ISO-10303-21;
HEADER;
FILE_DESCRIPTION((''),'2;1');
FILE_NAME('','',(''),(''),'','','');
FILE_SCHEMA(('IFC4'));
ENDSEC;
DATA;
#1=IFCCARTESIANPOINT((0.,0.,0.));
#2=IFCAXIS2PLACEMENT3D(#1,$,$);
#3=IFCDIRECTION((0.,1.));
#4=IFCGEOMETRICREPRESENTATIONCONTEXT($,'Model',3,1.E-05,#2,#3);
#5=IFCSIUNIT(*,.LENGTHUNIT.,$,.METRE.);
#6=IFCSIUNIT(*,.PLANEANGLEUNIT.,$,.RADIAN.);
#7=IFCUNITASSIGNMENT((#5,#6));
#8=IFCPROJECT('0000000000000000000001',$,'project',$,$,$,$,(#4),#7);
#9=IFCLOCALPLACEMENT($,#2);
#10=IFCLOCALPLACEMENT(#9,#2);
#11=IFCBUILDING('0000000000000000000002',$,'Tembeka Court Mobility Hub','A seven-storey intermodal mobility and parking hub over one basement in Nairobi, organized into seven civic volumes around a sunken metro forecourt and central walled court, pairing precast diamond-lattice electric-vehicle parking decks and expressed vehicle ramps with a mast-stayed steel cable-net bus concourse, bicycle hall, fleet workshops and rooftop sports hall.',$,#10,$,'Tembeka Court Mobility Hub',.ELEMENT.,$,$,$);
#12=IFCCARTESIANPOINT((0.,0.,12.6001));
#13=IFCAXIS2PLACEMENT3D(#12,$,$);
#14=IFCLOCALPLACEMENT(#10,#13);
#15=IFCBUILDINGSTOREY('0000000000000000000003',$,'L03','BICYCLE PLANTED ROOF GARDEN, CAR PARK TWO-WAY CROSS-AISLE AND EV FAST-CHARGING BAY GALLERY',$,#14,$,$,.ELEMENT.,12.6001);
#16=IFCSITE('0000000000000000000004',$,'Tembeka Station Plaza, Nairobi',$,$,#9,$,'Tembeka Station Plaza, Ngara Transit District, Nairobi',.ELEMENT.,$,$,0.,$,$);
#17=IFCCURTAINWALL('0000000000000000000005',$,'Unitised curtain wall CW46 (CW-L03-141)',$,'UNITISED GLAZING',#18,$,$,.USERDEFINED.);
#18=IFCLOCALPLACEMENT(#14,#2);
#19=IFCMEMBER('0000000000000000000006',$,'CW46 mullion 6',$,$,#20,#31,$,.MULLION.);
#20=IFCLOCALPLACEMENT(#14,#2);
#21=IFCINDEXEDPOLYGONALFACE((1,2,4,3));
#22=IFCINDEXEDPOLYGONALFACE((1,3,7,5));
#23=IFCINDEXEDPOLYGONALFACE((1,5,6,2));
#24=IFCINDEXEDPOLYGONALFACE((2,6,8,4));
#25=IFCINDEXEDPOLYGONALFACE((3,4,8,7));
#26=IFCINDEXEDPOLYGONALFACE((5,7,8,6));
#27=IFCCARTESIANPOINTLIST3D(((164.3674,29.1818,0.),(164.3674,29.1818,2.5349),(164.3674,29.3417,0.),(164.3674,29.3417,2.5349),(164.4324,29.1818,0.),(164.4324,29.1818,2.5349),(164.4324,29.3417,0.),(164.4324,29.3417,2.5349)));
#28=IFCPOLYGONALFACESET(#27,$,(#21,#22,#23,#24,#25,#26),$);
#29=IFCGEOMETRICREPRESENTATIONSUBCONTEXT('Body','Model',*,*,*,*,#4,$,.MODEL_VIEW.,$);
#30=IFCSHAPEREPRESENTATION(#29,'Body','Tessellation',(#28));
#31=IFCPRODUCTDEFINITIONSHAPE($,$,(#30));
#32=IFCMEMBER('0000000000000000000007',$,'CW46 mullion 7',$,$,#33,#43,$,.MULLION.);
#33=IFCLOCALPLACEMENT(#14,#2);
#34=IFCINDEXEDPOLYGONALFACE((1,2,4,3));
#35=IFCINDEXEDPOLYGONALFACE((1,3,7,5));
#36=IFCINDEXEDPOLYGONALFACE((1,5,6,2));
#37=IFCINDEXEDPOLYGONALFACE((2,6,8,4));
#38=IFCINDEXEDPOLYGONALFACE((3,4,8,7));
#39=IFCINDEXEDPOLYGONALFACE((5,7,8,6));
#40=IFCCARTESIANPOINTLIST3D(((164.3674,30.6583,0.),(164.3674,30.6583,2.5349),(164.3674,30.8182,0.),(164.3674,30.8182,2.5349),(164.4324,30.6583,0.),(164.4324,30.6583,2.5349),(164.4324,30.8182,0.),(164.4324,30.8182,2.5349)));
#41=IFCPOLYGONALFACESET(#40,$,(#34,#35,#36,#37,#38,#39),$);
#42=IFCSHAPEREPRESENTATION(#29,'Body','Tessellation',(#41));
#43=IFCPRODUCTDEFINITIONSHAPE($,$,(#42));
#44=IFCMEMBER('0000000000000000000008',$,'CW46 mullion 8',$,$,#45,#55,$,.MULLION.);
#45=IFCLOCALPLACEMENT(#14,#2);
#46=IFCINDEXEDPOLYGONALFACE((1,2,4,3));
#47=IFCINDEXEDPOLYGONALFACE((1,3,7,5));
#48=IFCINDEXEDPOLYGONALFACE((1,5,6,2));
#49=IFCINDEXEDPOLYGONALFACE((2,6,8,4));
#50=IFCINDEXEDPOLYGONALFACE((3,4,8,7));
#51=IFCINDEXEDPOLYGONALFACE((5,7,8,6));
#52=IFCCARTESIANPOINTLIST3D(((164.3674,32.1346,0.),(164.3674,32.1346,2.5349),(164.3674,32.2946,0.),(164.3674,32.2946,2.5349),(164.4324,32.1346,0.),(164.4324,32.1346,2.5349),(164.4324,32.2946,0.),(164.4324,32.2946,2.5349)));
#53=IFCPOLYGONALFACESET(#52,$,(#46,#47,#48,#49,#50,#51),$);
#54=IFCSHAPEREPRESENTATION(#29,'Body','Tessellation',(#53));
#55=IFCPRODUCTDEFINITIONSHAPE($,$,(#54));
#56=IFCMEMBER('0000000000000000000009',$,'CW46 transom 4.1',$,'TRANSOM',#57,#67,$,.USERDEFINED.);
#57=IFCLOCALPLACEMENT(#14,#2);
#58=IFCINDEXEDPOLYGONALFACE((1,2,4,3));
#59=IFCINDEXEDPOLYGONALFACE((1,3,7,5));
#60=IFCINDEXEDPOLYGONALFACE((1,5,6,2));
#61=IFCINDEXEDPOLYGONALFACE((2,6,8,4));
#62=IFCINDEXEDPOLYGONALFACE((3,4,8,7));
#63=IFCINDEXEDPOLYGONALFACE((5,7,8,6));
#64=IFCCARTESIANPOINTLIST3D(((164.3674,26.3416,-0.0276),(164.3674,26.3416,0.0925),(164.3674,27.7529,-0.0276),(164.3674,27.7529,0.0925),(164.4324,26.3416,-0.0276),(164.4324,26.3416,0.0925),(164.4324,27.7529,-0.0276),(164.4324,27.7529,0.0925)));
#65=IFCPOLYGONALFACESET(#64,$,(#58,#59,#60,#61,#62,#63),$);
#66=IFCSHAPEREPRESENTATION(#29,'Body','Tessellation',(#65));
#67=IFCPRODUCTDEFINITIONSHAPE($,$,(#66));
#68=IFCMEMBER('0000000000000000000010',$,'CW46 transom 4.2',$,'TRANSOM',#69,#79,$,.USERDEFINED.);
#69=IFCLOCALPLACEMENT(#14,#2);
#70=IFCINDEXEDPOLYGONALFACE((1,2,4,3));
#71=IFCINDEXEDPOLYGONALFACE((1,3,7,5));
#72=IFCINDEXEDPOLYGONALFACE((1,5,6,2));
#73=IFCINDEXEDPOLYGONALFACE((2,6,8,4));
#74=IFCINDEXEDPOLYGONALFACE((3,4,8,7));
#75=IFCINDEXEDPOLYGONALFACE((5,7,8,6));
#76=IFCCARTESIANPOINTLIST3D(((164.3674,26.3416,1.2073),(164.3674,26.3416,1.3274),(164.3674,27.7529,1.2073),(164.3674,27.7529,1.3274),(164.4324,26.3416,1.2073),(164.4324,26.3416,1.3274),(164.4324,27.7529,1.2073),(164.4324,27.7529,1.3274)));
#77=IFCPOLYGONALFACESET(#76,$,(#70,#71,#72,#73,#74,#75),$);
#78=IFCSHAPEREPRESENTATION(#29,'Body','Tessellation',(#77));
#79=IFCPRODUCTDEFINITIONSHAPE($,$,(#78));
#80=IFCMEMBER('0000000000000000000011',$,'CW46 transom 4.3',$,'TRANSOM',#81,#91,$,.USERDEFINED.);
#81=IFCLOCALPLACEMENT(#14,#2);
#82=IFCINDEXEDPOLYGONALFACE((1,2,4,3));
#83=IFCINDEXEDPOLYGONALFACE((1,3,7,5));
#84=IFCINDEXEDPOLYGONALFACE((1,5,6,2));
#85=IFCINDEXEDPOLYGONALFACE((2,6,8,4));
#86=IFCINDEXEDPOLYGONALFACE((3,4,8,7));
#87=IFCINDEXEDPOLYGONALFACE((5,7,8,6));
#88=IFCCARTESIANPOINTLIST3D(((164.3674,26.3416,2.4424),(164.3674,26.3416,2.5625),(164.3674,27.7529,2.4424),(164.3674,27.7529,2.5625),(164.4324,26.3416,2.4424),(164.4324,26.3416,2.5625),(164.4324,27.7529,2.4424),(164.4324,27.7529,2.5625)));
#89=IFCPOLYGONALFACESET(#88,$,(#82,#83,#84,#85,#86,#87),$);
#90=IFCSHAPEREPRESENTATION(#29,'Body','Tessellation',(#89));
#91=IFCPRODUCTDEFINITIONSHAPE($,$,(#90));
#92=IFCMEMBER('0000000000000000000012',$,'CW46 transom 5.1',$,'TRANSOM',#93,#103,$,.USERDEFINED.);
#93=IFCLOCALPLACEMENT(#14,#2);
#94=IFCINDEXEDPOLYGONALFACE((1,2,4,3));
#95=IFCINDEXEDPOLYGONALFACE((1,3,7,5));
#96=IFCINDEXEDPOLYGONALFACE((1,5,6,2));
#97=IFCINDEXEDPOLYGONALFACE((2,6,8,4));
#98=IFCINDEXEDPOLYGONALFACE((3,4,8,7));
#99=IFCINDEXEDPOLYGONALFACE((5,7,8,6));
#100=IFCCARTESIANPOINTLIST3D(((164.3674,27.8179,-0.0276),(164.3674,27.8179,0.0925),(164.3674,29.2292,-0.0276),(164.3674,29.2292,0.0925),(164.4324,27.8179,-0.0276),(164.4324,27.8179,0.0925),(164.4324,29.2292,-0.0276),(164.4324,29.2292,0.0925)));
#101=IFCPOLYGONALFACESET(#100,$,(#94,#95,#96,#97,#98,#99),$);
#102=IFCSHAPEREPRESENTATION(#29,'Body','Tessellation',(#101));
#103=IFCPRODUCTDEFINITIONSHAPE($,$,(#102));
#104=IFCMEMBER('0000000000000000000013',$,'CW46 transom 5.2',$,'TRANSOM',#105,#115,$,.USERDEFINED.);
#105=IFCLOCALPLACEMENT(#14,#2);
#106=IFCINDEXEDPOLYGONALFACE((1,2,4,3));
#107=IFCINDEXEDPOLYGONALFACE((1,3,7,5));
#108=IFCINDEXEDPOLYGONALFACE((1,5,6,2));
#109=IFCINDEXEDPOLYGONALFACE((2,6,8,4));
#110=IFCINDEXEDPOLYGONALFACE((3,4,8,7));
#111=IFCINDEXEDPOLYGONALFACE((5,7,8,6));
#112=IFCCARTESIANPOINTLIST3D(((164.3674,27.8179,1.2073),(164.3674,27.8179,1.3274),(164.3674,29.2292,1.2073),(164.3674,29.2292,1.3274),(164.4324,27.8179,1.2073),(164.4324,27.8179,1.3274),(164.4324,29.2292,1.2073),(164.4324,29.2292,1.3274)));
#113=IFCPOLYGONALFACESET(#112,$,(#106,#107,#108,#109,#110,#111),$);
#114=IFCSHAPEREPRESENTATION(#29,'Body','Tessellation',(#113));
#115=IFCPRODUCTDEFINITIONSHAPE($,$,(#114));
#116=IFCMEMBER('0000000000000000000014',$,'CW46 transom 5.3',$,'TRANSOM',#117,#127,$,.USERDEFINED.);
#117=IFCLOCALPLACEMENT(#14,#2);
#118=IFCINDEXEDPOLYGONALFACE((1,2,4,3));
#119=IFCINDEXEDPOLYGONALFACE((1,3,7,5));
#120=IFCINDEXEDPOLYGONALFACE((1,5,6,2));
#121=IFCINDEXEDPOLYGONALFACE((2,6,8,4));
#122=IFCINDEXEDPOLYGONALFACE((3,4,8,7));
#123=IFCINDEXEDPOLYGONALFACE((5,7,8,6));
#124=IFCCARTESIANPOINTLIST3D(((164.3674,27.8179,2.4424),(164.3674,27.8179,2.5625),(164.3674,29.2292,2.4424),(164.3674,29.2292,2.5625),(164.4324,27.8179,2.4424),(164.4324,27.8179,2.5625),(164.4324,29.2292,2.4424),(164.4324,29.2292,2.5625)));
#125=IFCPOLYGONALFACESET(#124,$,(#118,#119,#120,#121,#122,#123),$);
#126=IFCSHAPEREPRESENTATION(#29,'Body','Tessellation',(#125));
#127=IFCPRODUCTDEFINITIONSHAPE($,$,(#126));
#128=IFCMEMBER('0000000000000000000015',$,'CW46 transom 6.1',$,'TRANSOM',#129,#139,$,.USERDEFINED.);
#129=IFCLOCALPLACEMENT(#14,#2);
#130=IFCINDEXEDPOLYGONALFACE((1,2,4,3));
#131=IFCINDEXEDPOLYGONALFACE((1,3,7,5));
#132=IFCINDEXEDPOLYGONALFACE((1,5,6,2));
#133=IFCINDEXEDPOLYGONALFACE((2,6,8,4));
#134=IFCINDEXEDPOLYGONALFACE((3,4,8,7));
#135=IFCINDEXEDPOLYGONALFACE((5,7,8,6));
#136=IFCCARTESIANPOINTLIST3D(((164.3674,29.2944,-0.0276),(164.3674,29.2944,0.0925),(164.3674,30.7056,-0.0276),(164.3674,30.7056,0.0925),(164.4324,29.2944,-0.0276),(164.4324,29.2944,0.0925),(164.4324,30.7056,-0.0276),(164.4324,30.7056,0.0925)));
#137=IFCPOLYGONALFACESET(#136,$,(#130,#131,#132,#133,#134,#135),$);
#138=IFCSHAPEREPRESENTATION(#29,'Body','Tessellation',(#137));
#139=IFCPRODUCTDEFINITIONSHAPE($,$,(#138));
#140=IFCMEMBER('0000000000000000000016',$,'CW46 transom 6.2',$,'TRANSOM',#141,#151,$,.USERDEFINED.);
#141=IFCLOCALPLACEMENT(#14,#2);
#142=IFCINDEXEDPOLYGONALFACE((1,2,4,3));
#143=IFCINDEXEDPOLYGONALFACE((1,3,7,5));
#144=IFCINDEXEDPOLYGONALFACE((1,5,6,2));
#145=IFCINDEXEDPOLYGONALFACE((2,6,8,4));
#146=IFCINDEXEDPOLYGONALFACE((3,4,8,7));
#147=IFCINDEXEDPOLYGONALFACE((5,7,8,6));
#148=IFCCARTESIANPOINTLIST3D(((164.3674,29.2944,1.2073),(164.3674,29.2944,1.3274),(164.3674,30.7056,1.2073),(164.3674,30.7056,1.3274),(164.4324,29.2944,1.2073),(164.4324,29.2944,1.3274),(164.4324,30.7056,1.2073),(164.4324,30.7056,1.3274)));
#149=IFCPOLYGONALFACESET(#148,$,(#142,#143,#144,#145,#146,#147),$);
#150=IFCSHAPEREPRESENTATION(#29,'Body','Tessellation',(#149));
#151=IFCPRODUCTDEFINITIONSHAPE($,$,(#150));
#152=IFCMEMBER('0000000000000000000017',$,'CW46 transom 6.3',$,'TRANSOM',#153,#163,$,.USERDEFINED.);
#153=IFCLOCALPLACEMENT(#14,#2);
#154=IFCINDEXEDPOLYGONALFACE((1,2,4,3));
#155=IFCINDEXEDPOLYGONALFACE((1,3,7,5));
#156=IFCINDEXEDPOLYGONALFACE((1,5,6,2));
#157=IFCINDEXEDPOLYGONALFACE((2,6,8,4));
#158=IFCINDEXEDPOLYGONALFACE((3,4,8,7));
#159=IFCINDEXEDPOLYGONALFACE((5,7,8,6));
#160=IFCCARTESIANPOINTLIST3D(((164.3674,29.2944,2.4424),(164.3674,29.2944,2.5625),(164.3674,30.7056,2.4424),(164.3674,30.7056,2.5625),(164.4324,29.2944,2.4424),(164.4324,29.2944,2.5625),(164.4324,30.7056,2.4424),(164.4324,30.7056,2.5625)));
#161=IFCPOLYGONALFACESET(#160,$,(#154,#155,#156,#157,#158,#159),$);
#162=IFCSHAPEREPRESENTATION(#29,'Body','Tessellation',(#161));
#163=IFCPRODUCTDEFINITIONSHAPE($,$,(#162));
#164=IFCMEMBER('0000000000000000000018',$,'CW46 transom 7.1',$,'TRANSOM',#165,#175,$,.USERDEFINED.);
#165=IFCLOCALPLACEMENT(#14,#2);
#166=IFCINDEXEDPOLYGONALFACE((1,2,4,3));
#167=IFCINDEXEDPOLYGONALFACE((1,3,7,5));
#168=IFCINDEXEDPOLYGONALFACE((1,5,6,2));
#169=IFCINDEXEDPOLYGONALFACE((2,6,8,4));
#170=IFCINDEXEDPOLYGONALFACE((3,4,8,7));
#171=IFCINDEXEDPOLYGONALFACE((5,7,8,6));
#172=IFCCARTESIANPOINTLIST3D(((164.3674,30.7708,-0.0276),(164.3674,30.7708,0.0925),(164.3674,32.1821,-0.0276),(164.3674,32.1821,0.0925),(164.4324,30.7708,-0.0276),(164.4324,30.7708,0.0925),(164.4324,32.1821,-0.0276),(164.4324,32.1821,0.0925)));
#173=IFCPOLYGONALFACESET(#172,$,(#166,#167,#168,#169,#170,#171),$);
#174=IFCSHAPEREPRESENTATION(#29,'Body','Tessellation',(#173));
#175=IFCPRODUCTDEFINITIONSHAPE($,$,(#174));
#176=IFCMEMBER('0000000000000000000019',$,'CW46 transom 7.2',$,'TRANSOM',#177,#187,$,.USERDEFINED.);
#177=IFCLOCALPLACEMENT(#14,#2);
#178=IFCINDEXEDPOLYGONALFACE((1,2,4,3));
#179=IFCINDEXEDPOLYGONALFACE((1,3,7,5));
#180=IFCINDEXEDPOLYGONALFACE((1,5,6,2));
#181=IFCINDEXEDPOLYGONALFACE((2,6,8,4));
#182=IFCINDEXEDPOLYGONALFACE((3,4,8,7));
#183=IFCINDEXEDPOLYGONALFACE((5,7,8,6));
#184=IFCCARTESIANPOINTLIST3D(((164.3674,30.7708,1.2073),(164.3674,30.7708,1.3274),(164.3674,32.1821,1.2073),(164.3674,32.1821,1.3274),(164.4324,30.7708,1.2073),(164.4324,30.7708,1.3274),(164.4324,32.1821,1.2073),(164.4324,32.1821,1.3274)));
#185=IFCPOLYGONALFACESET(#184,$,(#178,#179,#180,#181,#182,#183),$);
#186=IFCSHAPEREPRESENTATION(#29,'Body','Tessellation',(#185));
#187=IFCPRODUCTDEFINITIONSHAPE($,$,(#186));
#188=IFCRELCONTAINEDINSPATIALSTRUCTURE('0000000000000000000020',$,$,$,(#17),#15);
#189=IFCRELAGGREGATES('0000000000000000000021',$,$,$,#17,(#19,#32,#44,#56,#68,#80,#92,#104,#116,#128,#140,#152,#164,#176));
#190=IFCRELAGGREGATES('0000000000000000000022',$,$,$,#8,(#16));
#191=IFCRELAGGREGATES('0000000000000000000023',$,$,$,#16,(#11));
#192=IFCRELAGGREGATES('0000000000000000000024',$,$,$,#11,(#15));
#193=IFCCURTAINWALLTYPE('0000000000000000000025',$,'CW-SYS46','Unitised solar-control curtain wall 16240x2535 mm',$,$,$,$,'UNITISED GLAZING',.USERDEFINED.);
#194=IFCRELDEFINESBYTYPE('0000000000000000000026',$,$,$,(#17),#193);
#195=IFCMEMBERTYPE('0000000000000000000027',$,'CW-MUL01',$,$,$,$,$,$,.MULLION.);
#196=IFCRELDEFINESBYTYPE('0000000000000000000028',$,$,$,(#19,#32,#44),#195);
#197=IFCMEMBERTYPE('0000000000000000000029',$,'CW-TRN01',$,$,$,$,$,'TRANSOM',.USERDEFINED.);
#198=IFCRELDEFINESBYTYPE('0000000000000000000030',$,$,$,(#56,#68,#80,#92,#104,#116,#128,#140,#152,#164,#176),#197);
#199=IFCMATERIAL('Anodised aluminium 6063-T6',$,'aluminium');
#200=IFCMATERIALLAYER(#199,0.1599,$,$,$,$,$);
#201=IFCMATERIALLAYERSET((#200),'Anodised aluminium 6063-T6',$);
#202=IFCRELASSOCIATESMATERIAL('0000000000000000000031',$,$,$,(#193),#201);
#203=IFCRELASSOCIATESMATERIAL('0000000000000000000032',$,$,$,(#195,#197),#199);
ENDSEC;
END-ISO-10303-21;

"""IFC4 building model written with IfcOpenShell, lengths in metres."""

from ifc_helpers import new_model, si_unit, direction, frame, origin, origin_2d, place, context, subcontext, project, spatial, rectangle, extrude, material, layer, layer_set, material_profile, profile_set, type_object, element, aggregate, save


model = new_model("IFC4")

# Units and contexts
model_context = context("Model", 3, precision=1e-05, world=origin(), true_north=direction((0.0, 1.0)))
body_context = subcontext(model_context, "Body", "Model", "MODEL_VIEW")
ifc_project = project(units=[si_unit("LENGTHUNIT", "METRE"), si_unit("PLANEANGLEUNIT", "RADIAN")], contexts=[model_context])

# Site, building, storey
site_placement = place(None, origin())
site = spatial("IfcSite", under=ifc_project, at=site_placement, Name="Tembeka Station Plaza, Nairobi", LongName="Tembeka Station Plaza, Ngara Transit District, Nairobi", CompositionType="ELEMENT", RefElevation=0.0)
building_placement = place(site_placement, origin())
building = spatial("IfcBuilding", under=site, at=building_placement, Name="Tembeka Court Mobility Hub", Description="A seven-storey intermodal mobility and parking hub over one basement in Nairobi, organized into seven civic volumes around a sunken metro forecourt and central walled court, pairing precast diamond-lattice electric-vehicle parking decks and expressed vehicle ramps with a mast-stayed steel cable-net bus concourse, bicycle hall, fleet workshops and rooftop sports hall.", LongName="Tembeka Court Mobility Hub", CompositionType="ELEMENT")
storey_placement = place(building_placement, frame((0.0, 0.0, 12.6001)))
storey = spatial("IfcBuildingStorey", under=building, at=storey_placement, Name="L03", Description="BICYCLE PLANTED ROOF GARDEN, CAR PARK TWO-WAY CROSS-AISLE AND EV FAST-CHARGING BAY GALLERY", CompositionType="ELEMENT", Elevation=12.6001)

# Curtain wall, members
ifc_material_1 = material(Name="Anodised aluminium 6063-T6", Category="aluminium")
ifc_layer_1 = layer(ifc_material_1, 0.1599)
ifc_layer_set_1 = layer_set([ifc_layer_1], Name="Anodised aluminium 6063-T6")
curtain_wall_type = type_object("IfcCurtainWallType", Name="CW-SYS46", Description="Unitised solar-control curtain wall 16240x2535 mm", ElementType="UNITISED GLAZING", PredefinedType="USERDEFINED", material=ifc_layer_set_1)
curtain_wall_placement = place(storey_placement, origin())
curtain_wall = element("IfcCurtainWall", 1, at=curtain_wall_placement, inside=storey, type_object=curtain_wall_type, Name="Unitised curtain wall CW46 (CW-L03-141)", ObjectType="UNITISED GLAZING", PredefinedType="USERDEFINED")
ifc_material_profile_1 = material_profile(ifc_material_1, rectangle(XDim=0.0649, YDim=0.1599, at=origin_2d()), Name="ALU-MUL 65x160")
ifc_profile_set_1 = profile_set([ifc_material_profile_1], Name="Anodised aluminium 6063-T6")
member_type_1 = type_object("IfcMemberType", Name="CW-MUL01", PredefinedType="MULLION", material=ifc_profile_set_1)
member_1_placement = place(storey_placement, frame((164.3999, 29.2617, 0.0), z_axis=(0.0, 0.0, 1.0), x_axis=(-1.0, 0.0, 0.0)))
member_1 = element("IfcMember", 2, at=member_1_placement, type_object=member_type_1, Name="CW46 mullion 6", PredefinedType="MULLION", context=body_context, shape_type="SweptSolid", body=[
    extrude(rectangle(XDim=0.0649, YDim=0.1599, at=origin_2d()), origin(), (0.0, 0.0, 1.0), 2.5349),
])
member_2_placement = place(storey_placement, frame((164.3999, 30.7383, 0.0), z_axis=(0.0, 0.0, 1.0), x_axis=(-1.0, 0.0, 0.0)))
member_2 = element("IfcMember", 3, at=member_2_placement, type_object=member_type_1, Name="CW46 mullion 7", PredefinedType="MULLION", context=body_context, shape_type="SweptSolid", body=[
    extrude(rectangle(XDim=0.0649, YDim=0.1599, at=origin_2d()), origin(), (0.0, 0.0, 1.0), 2.5349),
])
member_3_placement = place(storey_placement, frame((164.3999, 32.2146, 0.0), z_axis=(0.0, 0.0, 1.0), x_axis=(-1.0, 0.0, 0.0)))
member_3 = element("IfcMember", 4, at=member_3_placement, type_object=member_type_1, Name="CW46 mullion 8", PredefinedType="MULLION", context=body_context, shape_type="SweptSolid", body=[
    extrude(rectangle(XDim=0.0649, YDim=0.1599, at=origin_2d()), origin(), (0.0, 0.0, 1.0), 2.5349),
])
ifc_material_profile_2 = material_profile(ifc_material_1, rectangle(XDim=0.0649, YDim=0.1201, at=origin_2d()), Name="ALU-TRN 65x120")
ifc_profile_set_2 = profile_set([ifc_material_profile_2], Name="Anodised aluminium 6063-T6")
member_type_2 = type_object("IfcMemberType", Name="CW-TRN01", ElementType="TRANSOM", PredefinedType="USERDEFINED", material=ifc_profile_set_2)
member_4_placement = place(storey_placement, frame((164.3999, 26.3416, 0.0325), z_axis=(0.0, 1.0, 0.0), x_axis=(-1.0, 0.0, 0.0)))
member_4 = element("IfcMember", 5, at=member_4_placement, type_object=member_type_2, Name="CW46 transom 4.1", ObjectType="TRANSOM", PredefinedType="USERDEFINED", context=body_context, shape_type="SweptSolid", body=[
    extrude(rectangle(XDim=0.0649, YDim=0.1201, at=origin_2d()), origin(), (0.0, 0.0, 1.0), 1.4114),
])
member_5_placement = place(storey_placement, frame((164.3999, 26.3416, 1.2673), z_axis=(0.0, 1.0, 0.0), x_axis=(-1.0, 0.0, 0.0)))
member_5 = element("IfcMember", 6, at=member_5_placement, type_object=member_type_2, Name="CW46 transom 4.2", ObjectType="TRANSOM", PredefinedType="USERDEFINED", context=body_context, shape_type="SweptSolid", body=[
    extrude(rectangle(XDim=0.0649, YDim=0.1201, at=origin_2d()), origin(), (0.0, 0.0, 1.0), 1.4114),
])
member_6_placement = place(storey_placement, frame((164.3999, 26.3416, 2.5024), z_axis=(0.0, 1.0, 0.0), x_axis=(-1.0, 0.0, 0.0)))
member_6 = element("IfcMember", 7, at=member_6_placement, type_object=member_type_2, Name="CW46 transom 4.3", ObjectType="TRANSOM", PredefinedType="USERDEFINED", context=body_context, shape_type="SweptSolid", body=[
    extrude(rectangle(XDim=0.0649, YDim=0.1201, at=origin_2d()), origin(), (0.0, 0.0, 1.0), 1.4114),
])
member_7_placement = place(storey_placement, frame((164.3999, 27.8179, 0.0325), z_axis=(0.0, 1.0, 0.0), x_axis=(-1.0, 0.0, 0.0)))
member_7 = element("IfcMember", 8, at=member_7_placement, type_object=member_type_2, Name="CW46 transom 5.1", ObjectType="TRANSOM", PredefinedType="USERDEFINED", context=body_context, shape_type="SweptSolid", body=[
    extrude(rectangle(XDim=0.0649, YDim=0.1201, at=origin_2d()), origin(), (0.0, 0.0, 1.0), 1.4114),
])
member_8_placement = place(storey_placement, frame((164.3999, 27.8179, 1.2673), z_axis=(0.0, 1.0, 0.0), x_axis=(-1.0, 0.0, 0.0)))
member_8 = element("IfcMember", 9, at=member_8_placement, type_object=member_type_2, Name="CW46 transom 5.2", ObjectType="TRANSOM", PredefinedType="USERDEFINED", context=body_context, shape_type="SweptSolid", body=[
    extrude(rectangle(XDim=0.0649, YDim=0.1201, at=origin_2d()), origin(), (0.0, 0.0, 1.0), 1.4114),
])
member_9_placement = place(storey_placement, frame((164.3999, 27.8179, 2.5024), z_axis=(0.0, 1.0, 0.0), x_axis=(-1.0, 0.0, 0.0)))
member_9 = element("IfcMember", 10, at=member_9_placement, type_object=member_type_2, Name="CW46 transom 5.3", ObjectType="TRANSOM", PredefinedType="USERDEFINED", context=body_context, shape_type="SweptSolid", body=[
    extrude(rectangle(XDim=0.0649, YDim=0.1201, at=origin_2d()), origin(), (0.0, 0.0, 1.0), 1.4114),
])
member_10_placement = place(storey_placement, frame((164.3999, 29.2944, 0.0325), z_axis=(0.0, 1.0, 0.0), x_axis=(-1.0, 0.0, 0.0)))
member_10 = element("IfcMember", 11, at=member_10_placement, type_object=member_type_2, Name="CW46 transom 6.1", ObjectType="TRANSOM", PredefinedType="USERDEFINED", context=body_context, shape_type="SweptSolid", body=[
    extrude(rectangle(XDim=0.0649, YDim=0.1201, at=origin_2d()), origin(), (0.0, 0.0, 1.0), 1.4111),
])
member_11_placement = place(storey_placement, frame((164.3999, 29.2944, 1.2673), z_axis=(0.0, 1.0, 0.0), x_axis=(-1.0, 0.0, 0.0)))
member_11 = element("IfcMember", 12, at=member_11_placement, type_object=member_type_2, Name="CW46 transom 6.2", ObjectType="TRANSOM", PredefinedType="USERDEFINED", context=body_context, shape_type="SweptSolid", body=[
    extrude(rectangle(XDim=0.0649, YDim=0.1201, at=origin_2d()), origin(), (0.0, 0.0, 1.0), 1.4111),
])
member_12_placement = place(storey_placement, frame((164.3999, 29.2944, 2.5024), z_axis=(0.0, 1.0, 0.0), x_axis=(-1.0, 0.0, 0.0)))
member_12 = element("IfcMember", 13, at=member_12_placement, type_object=member_type_2, Name="CW46 transom 6.3", ObjectType="TRANSOM", PredefinedType="USERDEFINED", context=body_context, shape_type="SweptSolid", body=[
    extrude(rectangle(XDim=0.0649, YDim=0.1201, at=origin_2d()), origin(), (0.0, 0.0, 1.0), 1.4111),
])
member_13_placement = place(storey_placement, frame((164.3999, 30.7708, 0.0325), z_axis=(0.0, 1.0, 0.0), x_axis=(-1.0, 0.0, 0.0)))
member_13 = element("IfcMember", 14, at=member_13_placement, type_object=member_type_2, Name="CW46 transom 7.1", ObjectType="TRANSOM", PredefinedType="USERDEFINED", context=body_context, shape_type="SweptSolid", body=[
    extrude(rectangle(XDim=0.0649, YDim=0.1201, at=origin_2d()), origin(), (0.0, 0.0, 1.0), 1.4114),
])
member_14_placement = place(storey_placement, frame((164.3999, 30.7708, 1.2673), z_axis=(0.0, 1.0, 0.0), x_axis=(-1.0, 0.0, 0.0)))
member_14 = element("IfcMember", 15, at=member_14_placement, type_object=member_type_2, Name="CW46 transom 7.2", ObjectType="TRANSOM", PredefinedType="USERDEFINED", context=body_context, shape_type="SweptSolid", body=[
    extrude(rectangle(XDim=0.0649, YDim=0.1201, at=origin_2d()), origin(), (0.0, 0.0, 1.0), 1.4114),
])
aggregate(curtain_wall, [member_1, member_2, member_3, member_4, member_5, member_6, member_7, member_8, member_9, member_10, member_11, member_12, member_13, member_14])

save(model, "model.ifc")
